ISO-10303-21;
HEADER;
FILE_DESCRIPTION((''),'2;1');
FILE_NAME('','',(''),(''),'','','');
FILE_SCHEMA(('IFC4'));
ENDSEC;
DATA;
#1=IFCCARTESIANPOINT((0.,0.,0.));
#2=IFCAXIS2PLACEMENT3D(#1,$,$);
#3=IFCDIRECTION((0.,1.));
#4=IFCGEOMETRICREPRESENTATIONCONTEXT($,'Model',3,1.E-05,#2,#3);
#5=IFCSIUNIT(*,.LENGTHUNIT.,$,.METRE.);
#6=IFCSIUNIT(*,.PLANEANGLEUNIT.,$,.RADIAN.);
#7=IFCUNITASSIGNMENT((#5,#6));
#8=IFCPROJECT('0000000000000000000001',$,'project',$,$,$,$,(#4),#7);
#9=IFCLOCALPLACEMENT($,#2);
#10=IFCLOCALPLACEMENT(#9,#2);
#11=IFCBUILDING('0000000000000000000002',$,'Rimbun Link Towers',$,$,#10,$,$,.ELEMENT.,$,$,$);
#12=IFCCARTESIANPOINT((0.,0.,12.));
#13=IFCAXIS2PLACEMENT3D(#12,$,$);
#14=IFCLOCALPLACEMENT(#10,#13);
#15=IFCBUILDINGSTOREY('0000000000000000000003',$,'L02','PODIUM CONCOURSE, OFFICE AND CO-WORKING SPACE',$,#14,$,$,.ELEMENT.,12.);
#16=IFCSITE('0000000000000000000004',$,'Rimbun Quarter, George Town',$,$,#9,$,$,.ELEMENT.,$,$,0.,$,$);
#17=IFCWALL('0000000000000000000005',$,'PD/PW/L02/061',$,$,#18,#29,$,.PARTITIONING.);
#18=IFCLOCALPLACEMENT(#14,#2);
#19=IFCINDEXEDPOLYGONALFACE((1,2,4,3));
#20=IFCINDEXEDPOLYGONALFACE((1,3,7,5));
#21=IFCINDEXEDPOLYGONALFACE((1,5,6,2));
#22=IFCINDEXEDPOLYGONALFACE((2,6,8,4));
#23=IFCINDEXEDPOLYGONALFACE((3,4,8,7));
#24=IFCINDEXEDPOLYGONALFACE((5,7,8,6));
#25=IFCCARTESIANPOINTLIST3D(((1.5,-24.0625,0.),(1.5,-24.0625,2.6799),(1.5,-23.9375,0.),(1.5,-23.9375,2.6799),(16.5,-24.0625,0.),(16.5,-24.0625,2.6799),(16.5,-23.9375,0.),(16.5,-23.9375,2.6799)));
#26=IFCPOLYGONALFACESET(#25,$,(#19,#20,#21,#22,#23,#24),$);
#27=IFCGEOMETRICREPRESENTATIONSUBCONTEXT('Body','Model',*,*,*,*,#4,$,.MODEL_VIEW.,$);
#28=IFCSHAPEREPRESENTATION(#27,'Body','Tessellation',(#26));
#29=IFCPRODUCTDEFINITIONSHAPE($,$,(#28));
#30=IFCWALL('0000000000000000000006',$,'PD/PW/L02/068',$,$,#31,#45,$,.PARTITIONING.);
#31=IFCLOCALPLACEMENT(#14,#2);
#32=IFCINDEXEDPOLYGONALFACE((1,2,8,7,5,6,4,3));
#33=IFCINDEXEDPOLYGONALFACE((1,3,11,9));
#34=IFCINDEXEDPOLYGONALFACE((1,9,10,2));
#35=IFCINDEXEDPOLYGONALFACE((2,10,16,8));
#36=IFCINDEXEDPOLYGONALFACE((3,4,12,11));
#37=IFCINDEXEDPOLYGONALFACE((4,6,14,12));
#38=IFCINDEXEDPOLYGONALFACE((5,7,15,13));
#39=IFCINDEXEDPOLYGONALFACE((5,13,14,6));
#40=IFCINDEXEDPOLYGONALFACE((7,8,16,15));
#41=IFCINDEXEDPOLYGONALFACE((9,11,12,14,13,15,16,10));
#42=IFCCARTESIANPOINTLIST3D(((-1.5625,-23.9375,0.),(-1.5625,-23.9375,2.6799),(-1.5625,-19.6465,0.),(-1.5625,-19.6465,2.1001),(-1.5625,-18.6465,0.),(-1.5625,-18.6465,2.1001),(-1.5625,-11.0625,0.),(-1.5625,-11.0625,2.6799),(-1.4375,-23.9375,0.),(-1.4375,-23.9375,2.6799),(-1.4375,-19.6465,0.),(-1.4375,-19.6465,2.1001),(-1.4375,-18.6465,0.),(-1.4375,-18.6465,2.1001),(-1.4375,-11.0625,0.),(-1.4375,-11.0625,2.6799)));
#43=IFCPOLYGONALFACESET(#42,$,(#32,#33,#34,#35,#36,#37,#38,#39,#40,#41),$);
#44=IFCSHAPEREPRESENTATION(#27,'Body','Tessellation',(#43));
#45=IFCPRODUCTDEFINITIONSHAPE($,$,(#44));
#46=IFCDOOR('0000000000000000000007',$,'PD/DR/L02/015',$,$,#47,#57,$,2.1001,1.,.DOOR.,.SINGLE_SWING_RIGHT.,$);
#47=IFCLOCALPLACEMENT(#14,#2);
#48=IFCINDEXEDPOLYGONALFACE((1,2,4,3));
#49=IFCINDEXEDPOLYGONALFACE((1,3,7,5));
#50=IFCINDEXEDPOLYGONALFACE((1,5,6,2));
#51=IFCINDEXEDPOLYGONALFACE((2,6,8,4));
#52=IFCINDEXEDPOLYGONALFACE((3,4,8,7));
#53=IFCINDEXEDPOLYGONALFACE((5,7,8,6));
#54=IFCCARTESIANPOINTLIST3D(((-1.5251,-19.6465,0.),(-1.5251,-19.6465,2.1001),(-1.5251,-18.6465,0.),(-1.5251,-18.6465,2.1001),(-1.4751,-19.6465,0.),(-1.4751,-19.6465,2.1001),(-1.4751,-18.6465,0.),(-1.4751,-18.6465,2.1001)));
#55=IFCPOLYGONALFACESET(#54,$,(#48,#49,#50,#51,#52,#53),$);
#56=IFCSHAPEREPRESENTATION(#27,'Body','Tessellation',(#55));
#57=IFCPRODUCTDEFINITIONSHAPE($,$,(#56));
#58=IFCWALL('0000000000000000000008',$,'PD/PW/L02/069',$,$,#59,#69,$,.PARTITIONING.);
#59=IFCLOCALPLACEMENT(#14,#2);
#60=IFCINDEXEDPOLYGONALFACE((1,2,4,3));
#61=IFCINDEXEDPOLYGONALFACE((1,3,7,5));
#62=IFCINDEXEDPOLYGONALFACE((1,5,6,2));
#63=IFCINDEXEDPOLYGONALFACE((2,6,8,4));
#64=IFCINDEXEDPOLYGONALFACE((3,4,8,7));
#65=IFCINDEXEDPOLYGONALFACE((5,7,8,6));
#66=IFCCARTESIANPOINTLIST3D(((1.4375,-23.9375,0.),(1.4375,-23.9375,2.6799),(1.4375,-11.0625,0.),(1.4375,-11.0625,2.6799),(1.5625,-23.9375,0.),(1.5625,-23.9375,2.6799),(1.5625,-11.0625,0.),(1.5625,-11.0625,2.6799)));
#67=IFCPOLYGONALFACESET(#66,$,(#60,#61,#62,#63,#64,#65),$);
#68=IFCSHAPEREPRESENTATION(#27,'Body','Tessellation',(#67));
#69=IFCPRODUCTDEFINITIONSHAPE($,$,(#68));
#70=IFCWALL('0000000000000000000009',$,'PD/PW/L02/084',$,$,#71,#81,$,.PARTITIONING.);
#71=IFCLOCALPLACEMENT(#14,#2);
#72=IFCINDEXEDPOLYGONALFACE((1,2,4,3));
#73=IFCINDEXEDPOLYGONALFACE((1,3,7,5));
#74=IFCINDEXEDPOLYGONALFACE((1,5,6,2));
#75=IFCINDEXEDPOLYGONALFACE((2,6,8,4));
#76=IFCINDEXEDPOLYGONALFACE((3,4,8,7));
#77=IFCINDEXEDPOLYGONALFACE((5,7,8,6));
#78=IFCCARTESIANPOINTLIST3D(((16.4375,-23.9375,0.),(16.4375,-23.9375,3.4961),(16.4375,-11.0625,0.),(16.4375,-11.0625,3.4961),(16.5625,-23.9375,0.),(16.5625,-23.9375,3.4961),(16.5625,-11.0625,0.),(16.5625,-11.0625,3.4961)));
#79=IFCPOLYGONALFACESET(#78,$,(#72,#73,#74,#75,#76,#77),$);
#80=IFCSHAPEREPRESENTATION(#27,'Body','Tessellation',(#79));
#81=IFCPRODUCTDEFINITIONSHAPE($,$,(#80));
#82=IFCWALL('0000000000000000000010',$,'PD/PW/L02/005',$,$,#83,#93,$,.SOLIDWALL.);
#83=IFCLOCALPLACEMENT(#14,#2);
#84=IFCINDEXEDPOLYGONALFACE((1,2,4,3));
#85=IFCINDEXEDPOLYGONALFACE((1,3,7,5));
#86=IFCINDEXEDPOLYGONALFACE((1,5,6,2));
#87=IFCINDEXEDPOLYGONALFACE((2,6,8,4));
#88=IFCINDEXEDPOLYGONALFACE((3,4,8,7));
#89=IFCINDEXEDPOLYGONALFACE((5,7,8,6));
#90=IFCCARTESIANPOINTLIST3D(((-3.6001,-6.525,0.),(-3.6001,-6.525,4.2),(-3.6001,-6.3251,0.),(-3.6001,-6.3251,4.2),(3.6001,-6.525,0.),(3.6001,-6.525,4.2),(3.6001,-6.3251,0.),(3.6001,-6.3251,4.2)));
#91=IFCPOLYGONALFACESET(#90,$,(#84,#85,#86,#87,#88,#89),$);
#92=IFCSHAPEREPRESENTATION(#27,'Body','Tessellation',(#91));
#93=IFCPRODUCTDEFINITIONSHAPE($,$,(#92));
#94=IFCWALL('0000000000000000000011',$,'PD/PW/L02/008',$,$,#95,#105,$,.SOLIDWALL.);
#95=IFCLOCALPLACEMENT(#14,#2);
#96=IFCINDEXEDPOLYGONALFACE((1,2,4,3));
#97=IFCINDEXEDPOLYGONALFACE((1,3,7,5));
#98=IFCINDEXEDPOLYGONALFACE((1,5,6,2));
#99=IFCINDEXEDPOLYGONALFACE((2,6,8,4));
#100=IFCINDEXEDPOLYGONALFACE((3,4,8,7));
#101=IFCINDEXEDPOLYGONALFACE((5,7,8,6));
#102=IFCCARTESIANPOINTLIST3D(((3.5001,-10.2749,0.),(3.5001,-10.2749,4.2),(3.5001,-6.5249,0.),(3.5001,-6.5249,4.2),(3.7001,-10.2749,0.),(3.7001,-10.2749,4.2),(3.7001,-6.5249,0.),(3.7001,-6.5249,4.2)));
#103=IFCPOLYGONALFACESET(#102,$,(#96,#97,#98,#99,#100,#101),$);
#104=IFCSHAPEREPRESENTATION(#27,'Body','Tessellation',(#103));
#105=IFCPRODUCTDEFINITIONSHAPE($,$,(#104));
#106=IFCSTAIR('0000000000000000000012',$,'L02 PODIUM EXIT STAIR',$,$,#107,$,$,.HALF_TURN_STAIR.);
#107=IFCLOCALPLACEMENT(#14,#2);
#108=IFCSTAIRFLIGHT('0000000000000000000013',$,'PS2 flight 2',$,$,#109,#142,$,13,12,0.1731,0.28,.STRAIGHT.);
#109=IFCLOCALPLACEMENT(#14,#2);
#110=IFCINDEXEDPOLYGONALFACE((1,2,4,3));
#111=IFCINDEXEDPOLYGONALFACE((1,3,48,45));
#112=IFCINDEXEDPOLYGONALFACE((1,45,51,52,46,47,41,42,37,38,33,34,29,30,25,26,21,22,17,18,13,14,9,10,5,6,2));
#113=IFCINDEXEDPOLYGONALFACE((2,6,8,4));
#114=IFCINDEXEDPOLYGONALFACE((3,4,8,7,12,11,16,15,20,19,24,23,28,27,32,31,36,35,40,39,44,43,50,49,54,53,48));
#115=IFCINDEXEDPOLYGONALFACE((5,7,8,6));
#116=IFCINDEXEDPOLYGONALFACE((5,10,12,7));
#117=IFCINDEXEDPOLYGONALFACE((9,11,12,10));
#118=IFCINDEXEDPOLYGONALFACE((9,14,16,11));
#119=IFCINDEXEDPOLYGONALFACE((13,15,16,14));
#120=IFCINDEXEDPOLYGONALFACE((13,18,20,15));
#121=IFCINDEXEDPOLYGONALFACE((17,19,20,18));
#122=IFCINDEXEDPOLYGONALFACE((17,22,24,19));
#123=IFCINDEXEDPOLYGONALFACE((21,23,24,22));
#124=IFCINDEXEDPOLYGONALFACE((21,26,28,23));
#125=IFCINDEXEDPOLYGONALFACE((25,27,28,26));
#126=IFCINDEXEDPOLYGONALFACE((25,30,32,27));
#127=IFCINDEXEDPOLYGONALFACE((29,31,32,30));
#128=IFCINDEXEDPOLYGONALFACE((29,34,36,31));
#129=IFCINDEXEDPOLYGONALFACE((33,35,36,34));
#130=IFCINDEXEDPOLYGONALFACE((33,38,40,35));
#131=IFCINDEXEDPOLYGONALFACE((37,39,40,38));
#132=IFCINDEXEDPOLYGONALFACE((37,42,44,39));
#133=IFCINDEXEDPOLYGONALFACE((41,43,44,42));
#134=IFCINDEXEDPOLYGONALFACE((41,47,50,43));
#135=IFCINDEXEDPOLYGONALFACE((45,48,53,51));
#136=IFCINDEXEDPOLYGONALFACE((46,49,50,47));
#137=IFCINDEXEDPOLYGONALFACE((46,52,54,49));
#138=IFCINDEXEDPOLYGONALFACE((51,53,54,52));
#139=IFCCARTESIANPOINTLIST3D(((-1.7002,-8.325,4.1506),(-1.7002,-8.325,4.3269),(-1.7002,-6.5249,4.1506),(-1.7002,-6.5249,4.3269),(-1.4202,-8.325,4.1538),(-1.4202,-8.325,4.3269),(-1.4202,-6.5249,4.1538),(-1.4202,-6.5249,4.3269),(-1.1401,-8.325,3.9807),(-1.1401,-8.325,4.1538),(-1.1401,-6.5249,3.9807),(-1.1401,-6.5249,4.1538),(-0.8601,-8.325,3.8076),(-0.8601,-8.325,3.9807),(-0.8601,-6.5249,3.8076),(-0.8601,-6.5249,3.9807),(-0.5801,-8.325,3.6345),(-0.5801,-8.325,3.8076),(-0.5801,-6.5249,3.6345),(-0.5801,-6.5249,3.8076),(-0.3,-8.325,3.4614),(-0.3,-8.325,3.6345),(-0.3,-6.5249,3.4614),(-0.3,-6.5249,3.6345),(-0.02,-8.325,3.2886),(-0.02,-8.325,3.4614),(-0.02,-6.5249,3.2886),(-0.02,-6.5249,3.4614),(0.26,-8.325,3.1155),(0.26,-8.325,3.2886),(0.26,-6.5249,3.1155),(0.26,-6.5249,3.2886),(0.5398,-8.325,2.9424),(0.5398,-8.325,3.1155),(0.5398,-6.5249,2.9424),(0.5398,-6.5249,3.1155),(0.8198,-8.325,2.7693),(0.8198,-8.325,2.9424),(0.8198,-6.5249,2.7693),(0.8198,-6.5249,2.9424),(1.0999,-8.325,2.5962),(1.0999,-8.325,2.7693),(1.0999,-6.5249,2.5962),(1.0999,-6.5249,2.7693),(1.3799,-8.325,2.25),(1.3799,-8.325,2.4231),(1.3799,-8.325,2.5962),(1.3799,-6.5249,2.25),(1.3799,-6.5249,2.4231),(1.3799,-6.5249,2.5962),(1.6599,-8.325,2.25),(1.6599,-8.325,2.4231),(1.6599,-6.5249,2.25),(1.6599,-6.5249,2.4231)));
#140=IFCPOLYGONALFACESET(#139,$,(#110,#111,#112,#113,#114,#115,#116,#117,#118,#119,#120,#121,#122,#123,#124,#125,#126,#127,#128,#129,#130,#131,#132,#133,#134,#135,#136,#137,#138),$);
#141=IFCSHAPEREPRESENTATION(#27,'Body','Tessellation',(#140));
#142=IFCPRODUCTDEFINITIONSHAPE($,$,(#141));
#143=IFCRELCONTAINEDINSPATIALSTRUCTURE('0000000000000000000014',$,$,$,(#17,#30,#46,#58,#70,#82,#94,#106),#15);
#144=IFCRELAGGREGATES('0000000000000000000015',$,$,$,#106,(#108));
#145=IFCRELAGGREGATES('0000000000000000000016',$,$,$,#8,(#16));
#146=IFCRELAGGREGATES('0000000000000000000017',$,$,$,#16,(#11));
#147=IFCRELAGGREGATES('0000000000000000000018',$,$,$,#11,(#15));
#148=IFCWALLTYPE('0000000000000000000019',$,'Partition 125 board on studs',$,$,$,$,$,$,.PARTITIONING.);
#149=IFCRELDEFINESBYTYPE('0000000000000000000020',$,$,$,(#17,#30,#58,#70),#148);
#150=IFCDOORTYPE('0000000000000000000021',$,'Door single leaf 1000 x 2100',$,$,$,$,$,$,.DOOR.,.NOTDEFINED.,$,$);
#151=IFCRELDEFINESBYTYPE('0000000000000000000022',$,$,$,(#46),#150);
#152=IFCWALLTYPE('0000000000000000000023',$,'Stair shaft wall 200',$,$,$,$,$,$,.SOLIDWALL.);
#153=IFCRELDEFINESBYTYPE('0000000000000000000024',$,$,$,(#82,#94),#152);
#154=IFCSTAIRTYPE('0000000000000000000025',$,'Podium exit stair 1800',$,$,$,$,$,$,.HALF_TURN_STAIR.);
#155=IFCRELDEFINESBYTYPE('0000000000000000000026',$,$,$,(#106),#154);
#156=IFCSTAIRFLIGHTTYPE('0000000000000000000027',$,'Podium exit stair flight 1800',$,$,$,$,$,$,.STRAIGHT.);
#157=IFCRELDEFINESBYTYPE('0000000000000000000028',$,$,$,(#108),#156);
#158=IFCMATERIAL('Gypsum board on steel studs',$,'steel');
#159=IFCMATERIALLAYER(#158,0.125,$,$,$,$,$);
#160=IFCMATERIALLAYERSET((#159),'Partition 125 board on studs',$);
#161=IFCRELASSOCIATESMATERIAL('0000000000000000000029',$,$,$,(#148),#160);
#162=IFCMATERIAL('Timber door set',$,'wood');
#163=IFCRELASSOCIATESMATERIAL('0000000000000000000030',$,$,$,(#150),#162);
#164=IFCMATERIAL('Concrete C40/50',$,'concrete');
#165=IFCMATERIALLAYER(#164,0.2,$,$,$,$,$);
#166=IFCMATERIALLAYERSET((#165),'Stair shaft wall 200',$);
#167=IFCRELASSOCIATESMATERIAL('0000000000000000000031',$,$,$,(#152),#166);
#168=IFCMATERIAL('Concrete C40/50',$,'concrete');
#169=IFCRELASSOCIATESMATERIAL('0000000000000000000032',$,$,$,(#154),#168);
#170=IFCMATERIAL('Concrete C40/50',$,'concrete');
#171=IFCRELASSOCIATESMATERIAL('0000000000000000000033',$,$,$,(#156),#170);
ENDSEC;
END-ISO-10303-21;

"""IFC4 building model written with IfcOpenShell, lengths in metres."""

from ifc_helpers import new_model, si_unit, direction, frame, frame_2d, origin, place, context, subcontext, project, spatial, polyline, rectangle, outline, extrude, material, layer, layer_set, type_object, element, fill, aggregate, save


model = new_model("IFC4")

# Units and contexts
model_context = context("Model", 3, precision=1e-05, world=origin(), true_north=direction((0.0, 1.0)))
body_context = subcontext(model_context, "Body", "Model", "MODEL_VIEW")
ifc_project = project(units=[si_unit("LENGTHUNIT", "METRE"), si_unit("PLANEANGLEUNIT", "RADIAN")], contexts=[model_context])

# Site, building, storey
site_placement = place(None, origin())
site = spatial("IfcSite", under=ifc_project, at=site_placement, Name="Rimbun Quarter, George Town", CompositionType="ELEMENT", RefElevation=0.0)
building_placement = place(site_placement, origin())
building = spatial("IfcBuilding", under=site, at=building_placement, Name="Rimbun Link Towers", CompositionType="ELEMENT")
storey_placement = place(building_placement, frame((0.0, 0.0, 12.0)))
storey = spatial("IfcBuildingStorey", under=building, at=storey_placement, Name="L02", Description="PODIUM CONCOURSE, OFFICE AND CO-WORKING SPACE", CompositionType="ELEMENT", Elevation=12.0)

# Shared definitions
ifc_material_1 = material(Name="Gypsum board on steel studs", Category="steel")
ifc_layer_1 = layer(ifc_material_1, 0.125)
ifc_layer_set_1 = layer_set([ifc_layer_1], Name="Partition 125 board on studs")
wall_type_1 = type_object("IfcWallType", Name="Partition 125 board on studs", PredefinedType="PARTITIONING", material=ifc_layer_set_1)
ifc_material_2 = material(Name="Timber door set", Category="wood")
door_type_1 = type_object("IfcDoorType", Name="Door single leaf 1000 x 2100", OperationType="NOTDEFINED", PredefinedType="DOOR", material=ifc_material_2)

# Wall
wall_1_placement = place(storey_placement, frame((16.5, -24.0, 0.0), z_axis=(0.0, 0.0, 1.0), x_axis=(-1.0, 0.0, 0.0)))
element("IfcWall", 1, at=wall_1_placement, inside=storey, type_object=wall_type_1, Name="PD/PW/L02/061", PredefinedType="PARTITIONING", context=body_context, shape_type="SweptSolid", body=[
    extrude(rectangle(XDim=15.0, YDim=0.125, at=frame_2d((7.5, 0.0))), origin(), (0.0, 0.0, 1.0), 2.6799),
])

# Wall, opening, door
wall_2_placement = place(storey_placement, frame((-1.5, -11.0625, 0.0), z_axis=(0.0, 0.0, 1.0), x_axis=(0.0, -1.0, 0.0)))
wall_2 = element("IfcWall", 2, at=wall_2_placement, inside=storey, type_object=wall_type_1, Name="PD/PW/L02/068", PredefinedType="PARTITIONING", context=body_context, shape_type="SweptSolid", body=[
    extrude(rectangle(XDim=12.875, YDim=0.125, at=frame_2d((6.4375, 0.0))), origin(), (0.0, 0.0, 1.0), 2.6799),
])
opening_1_placement = place(wall_2_placement, frame((7.584, 0.0, 0.0)))
opening_1 = element("IfcOpeningElement", 3, at=opening_1_placement, cuts=wall_2, PredefinedType="OPENING", context=body_context, shape_type="SweptSolid", body=[
    extrude(rectangle(XDim=1.0, YDim=2.1001, at=frame_2d((0.5, 1.05))), frame((0.0, 0.0725, 0.0), z_axis=(0.0, -1.0, 0.0), x_axis=(1.0, 0.0, 0.0)), (0.0, 0.0, 1.0), 0.145),
])
door_1_placement = place(opening_1_placement, origin())
door_1 = element("IfcDoor", 4, at=door_1_placement, inside=storey, type_object=door_type_1, Name="PD/DR/L02/015", OperationType="SINGLE_SWING_RIGHT", OverallHeight=2.1001, OverallWidth=1.0, PredefinedType="DOOR", context=body_context, shape_type="SweptSolid", body=[
    extrude(rectangle(XDim=1.0, YDim=2.1001, at=frame_2d((0.5, 1.05))), frame((0.0, 0.0249, 0.0), z_axis=(0.0, -1.0, 0.0), x_axis=(1.0, 0.0, 0.0)), (0.0, 0.0, 1.0), 0.05),
])
fill(opening_1, door_1)

# Walls
wall_3_placement = place(storey_placement, frame((1.5, -23.9375, 0.0), z_axis=(0.0, 0.0, 1.0), x_axis=(0.0, 1.0, 0.0)))
element("IfcWall", 5, at=wall_3_placement, inside=storey, type_object=wall_type_1, Name="PD/PW/L02/069", PredefinedType="PARTITIONING", context=body_context, shape_type="SweptSolid", body=[
    extrude(rectangle(XDim=12.875, YDim=0.125, at=frame_2d((6.4375, 0.0))), origin(), (0.0, 0.0, 1.0), 2.6799),
])
wall_4_placement = place(storey_placement, frame((16.5, -23.9375, 0.0), z_axis=(0.0, 0.0, 1.0), x_axis=(0.0, 1.0, 0.0)))
element("IfcWall", 6, at=wall_4_placement, inside=storey, type_object=wall_type_1, Name="PD/PW/L02/084", PredefinedType="PARTITIONING", context=body_context, shape_type="SweptSolid", body=[
    extrude(rectangle(XDim=12.875, YDim=0.125, at=frame_2d((6.4375, 0.0))), origin(), (0.0, 0.0, 1.0), 3.4961),
])
ifc_material_3 = material(Name="Concrete C40/50", Category="concrete")
ifc_layer_2 = layer(ifc_material_3, 0.2)
ifc_layer_set_2 = layer_set([ifc_layer_2], Name="Stair shaft wall 200")
wall_type_2 = type_object("IfcWallType", Name="Stair shaft wall 200", PredefinedType="SOLIDWALL", material=ifc_layer_set_2)
wall_5_placement = place(storey_placement, frame((3.6001, -6.425, 0.0), z_axis=(0.0, 0.0, 1.0), x_axis=(-1.0, 0.0, 0.0)))
element("IfcWall", 7, at=wall_5_placement, inside=storey, type_object=wall_type_2, Name="PD/PW/L02/005", PredefinedType="SOLIDWALL", context=body_context, shape_type="SweptSolid", body=[
    extrude(rectangle(XDim=7.2002, YDim=0.2, at=frame_2d((3.6001, 0.0))), origin(), (0.0, 0.0, 1.0), 4.2),
])
wall_6_placement = place(storey_placement, frame((3.6001, -10.2749, 0.0), z_axis=(0.0, 0.0, 1.0), x_axis=(0.0, 1.0, 0.0)))
element("IfcWall", 8, at=wall_6_placement, inside=storey, type_object=wall_type_2, Name="PD/PW/L02/008", PredefinedType="SOLIDWALL", context=body_context, shape_type="SweptSolid", body=[
    extrude(rectangle(XDim=3.75, YDim=0.2, at=frame_2d((1.875, 0.0))), origin(), (0.0, 0.0, 1.0), 4.2),
])

# Stair, stair flight
ifc_material_4 = material(Name="Concrete C40/50", Category="concrete")
stair_type = type_object("IfcStairType", Name="Podium exit stair 1800", PredefinedType="HALF_TURN_STAIR", material=ifc_material_4)
stair_placement = place(storey_placement, origin())
stair = element("IfcStair", 9, at=stair_placement, inside=storey, type_object=stair_type, Name="L02 PODIUM EXIT STAIR", PredefinedType="HALF_TURN_STAIR")
ifc_material_5 = material(Name="Concrete C40/50", Category="concrete")
stair_flight_type = type_object("IfcStairFlightType", Name="Podium exit stair flight 1800", PredefinedType="STRAIGHT", material=ifc_material_5)
stair_flight_placement = place(storey_placement, frame((1.6599, -7.425, 2.25), z_axis=(0.0, 0.0, 1.0), x_axis=(-1.0, 0.0, 0.0)))
stair_flight = element("IfcStairFlight", 10, at=stair_flight_placement, type_object=stair_flight_type, Name="PS2 flight 2", NumberOfRisers=13, NumberOfTreads=12, PredefinedType="STRAIGHT", RiserHeight=0.1731, TreadLength=0.28, context=body_context, shape_type="SweptSolid", body=[
    extrude(outline(polyline([(0.0, 0.0), (0.0, 0.1731), (0.28, 0.1731), (0.28, 0.3462), (0.5601, 0.3462), (0.5601, 0.5193), (0.8401, 0.5193), (0.8401, 0.6924), (1.1201, 0.6924), (1.1201, 0.8655), (1.3999, 0.8655), (1.3999, 1.0386), (1.6799, 1.0386), (1.6799, 1.2114), (1.96, 1.2114), (1.96, 1.3845), (2.24, 1.3845), (2.24, 1.5576), (2.52, 1.5576), (2.52, 1.7307), (2.8, 1.7307), (2.8, 1.9038), (3.0801, 1.9038), (3.0801, 2.0769), (3.3601, 2.0769), (3.3601, 2.25), (3.3601, 1.9006), (0.28, 0.0), (0.0, 0.0)])), frame((0.0, 0.8999, 0.0), z_axis=(0.0, -1.0, 0.0), x_axis=(1.0, 0.0, 0.0)), (0.0, 0.0, 1.0), 1.8),
])
aggregate(stair, [stair_flight])

save(model, "model.ifc")
